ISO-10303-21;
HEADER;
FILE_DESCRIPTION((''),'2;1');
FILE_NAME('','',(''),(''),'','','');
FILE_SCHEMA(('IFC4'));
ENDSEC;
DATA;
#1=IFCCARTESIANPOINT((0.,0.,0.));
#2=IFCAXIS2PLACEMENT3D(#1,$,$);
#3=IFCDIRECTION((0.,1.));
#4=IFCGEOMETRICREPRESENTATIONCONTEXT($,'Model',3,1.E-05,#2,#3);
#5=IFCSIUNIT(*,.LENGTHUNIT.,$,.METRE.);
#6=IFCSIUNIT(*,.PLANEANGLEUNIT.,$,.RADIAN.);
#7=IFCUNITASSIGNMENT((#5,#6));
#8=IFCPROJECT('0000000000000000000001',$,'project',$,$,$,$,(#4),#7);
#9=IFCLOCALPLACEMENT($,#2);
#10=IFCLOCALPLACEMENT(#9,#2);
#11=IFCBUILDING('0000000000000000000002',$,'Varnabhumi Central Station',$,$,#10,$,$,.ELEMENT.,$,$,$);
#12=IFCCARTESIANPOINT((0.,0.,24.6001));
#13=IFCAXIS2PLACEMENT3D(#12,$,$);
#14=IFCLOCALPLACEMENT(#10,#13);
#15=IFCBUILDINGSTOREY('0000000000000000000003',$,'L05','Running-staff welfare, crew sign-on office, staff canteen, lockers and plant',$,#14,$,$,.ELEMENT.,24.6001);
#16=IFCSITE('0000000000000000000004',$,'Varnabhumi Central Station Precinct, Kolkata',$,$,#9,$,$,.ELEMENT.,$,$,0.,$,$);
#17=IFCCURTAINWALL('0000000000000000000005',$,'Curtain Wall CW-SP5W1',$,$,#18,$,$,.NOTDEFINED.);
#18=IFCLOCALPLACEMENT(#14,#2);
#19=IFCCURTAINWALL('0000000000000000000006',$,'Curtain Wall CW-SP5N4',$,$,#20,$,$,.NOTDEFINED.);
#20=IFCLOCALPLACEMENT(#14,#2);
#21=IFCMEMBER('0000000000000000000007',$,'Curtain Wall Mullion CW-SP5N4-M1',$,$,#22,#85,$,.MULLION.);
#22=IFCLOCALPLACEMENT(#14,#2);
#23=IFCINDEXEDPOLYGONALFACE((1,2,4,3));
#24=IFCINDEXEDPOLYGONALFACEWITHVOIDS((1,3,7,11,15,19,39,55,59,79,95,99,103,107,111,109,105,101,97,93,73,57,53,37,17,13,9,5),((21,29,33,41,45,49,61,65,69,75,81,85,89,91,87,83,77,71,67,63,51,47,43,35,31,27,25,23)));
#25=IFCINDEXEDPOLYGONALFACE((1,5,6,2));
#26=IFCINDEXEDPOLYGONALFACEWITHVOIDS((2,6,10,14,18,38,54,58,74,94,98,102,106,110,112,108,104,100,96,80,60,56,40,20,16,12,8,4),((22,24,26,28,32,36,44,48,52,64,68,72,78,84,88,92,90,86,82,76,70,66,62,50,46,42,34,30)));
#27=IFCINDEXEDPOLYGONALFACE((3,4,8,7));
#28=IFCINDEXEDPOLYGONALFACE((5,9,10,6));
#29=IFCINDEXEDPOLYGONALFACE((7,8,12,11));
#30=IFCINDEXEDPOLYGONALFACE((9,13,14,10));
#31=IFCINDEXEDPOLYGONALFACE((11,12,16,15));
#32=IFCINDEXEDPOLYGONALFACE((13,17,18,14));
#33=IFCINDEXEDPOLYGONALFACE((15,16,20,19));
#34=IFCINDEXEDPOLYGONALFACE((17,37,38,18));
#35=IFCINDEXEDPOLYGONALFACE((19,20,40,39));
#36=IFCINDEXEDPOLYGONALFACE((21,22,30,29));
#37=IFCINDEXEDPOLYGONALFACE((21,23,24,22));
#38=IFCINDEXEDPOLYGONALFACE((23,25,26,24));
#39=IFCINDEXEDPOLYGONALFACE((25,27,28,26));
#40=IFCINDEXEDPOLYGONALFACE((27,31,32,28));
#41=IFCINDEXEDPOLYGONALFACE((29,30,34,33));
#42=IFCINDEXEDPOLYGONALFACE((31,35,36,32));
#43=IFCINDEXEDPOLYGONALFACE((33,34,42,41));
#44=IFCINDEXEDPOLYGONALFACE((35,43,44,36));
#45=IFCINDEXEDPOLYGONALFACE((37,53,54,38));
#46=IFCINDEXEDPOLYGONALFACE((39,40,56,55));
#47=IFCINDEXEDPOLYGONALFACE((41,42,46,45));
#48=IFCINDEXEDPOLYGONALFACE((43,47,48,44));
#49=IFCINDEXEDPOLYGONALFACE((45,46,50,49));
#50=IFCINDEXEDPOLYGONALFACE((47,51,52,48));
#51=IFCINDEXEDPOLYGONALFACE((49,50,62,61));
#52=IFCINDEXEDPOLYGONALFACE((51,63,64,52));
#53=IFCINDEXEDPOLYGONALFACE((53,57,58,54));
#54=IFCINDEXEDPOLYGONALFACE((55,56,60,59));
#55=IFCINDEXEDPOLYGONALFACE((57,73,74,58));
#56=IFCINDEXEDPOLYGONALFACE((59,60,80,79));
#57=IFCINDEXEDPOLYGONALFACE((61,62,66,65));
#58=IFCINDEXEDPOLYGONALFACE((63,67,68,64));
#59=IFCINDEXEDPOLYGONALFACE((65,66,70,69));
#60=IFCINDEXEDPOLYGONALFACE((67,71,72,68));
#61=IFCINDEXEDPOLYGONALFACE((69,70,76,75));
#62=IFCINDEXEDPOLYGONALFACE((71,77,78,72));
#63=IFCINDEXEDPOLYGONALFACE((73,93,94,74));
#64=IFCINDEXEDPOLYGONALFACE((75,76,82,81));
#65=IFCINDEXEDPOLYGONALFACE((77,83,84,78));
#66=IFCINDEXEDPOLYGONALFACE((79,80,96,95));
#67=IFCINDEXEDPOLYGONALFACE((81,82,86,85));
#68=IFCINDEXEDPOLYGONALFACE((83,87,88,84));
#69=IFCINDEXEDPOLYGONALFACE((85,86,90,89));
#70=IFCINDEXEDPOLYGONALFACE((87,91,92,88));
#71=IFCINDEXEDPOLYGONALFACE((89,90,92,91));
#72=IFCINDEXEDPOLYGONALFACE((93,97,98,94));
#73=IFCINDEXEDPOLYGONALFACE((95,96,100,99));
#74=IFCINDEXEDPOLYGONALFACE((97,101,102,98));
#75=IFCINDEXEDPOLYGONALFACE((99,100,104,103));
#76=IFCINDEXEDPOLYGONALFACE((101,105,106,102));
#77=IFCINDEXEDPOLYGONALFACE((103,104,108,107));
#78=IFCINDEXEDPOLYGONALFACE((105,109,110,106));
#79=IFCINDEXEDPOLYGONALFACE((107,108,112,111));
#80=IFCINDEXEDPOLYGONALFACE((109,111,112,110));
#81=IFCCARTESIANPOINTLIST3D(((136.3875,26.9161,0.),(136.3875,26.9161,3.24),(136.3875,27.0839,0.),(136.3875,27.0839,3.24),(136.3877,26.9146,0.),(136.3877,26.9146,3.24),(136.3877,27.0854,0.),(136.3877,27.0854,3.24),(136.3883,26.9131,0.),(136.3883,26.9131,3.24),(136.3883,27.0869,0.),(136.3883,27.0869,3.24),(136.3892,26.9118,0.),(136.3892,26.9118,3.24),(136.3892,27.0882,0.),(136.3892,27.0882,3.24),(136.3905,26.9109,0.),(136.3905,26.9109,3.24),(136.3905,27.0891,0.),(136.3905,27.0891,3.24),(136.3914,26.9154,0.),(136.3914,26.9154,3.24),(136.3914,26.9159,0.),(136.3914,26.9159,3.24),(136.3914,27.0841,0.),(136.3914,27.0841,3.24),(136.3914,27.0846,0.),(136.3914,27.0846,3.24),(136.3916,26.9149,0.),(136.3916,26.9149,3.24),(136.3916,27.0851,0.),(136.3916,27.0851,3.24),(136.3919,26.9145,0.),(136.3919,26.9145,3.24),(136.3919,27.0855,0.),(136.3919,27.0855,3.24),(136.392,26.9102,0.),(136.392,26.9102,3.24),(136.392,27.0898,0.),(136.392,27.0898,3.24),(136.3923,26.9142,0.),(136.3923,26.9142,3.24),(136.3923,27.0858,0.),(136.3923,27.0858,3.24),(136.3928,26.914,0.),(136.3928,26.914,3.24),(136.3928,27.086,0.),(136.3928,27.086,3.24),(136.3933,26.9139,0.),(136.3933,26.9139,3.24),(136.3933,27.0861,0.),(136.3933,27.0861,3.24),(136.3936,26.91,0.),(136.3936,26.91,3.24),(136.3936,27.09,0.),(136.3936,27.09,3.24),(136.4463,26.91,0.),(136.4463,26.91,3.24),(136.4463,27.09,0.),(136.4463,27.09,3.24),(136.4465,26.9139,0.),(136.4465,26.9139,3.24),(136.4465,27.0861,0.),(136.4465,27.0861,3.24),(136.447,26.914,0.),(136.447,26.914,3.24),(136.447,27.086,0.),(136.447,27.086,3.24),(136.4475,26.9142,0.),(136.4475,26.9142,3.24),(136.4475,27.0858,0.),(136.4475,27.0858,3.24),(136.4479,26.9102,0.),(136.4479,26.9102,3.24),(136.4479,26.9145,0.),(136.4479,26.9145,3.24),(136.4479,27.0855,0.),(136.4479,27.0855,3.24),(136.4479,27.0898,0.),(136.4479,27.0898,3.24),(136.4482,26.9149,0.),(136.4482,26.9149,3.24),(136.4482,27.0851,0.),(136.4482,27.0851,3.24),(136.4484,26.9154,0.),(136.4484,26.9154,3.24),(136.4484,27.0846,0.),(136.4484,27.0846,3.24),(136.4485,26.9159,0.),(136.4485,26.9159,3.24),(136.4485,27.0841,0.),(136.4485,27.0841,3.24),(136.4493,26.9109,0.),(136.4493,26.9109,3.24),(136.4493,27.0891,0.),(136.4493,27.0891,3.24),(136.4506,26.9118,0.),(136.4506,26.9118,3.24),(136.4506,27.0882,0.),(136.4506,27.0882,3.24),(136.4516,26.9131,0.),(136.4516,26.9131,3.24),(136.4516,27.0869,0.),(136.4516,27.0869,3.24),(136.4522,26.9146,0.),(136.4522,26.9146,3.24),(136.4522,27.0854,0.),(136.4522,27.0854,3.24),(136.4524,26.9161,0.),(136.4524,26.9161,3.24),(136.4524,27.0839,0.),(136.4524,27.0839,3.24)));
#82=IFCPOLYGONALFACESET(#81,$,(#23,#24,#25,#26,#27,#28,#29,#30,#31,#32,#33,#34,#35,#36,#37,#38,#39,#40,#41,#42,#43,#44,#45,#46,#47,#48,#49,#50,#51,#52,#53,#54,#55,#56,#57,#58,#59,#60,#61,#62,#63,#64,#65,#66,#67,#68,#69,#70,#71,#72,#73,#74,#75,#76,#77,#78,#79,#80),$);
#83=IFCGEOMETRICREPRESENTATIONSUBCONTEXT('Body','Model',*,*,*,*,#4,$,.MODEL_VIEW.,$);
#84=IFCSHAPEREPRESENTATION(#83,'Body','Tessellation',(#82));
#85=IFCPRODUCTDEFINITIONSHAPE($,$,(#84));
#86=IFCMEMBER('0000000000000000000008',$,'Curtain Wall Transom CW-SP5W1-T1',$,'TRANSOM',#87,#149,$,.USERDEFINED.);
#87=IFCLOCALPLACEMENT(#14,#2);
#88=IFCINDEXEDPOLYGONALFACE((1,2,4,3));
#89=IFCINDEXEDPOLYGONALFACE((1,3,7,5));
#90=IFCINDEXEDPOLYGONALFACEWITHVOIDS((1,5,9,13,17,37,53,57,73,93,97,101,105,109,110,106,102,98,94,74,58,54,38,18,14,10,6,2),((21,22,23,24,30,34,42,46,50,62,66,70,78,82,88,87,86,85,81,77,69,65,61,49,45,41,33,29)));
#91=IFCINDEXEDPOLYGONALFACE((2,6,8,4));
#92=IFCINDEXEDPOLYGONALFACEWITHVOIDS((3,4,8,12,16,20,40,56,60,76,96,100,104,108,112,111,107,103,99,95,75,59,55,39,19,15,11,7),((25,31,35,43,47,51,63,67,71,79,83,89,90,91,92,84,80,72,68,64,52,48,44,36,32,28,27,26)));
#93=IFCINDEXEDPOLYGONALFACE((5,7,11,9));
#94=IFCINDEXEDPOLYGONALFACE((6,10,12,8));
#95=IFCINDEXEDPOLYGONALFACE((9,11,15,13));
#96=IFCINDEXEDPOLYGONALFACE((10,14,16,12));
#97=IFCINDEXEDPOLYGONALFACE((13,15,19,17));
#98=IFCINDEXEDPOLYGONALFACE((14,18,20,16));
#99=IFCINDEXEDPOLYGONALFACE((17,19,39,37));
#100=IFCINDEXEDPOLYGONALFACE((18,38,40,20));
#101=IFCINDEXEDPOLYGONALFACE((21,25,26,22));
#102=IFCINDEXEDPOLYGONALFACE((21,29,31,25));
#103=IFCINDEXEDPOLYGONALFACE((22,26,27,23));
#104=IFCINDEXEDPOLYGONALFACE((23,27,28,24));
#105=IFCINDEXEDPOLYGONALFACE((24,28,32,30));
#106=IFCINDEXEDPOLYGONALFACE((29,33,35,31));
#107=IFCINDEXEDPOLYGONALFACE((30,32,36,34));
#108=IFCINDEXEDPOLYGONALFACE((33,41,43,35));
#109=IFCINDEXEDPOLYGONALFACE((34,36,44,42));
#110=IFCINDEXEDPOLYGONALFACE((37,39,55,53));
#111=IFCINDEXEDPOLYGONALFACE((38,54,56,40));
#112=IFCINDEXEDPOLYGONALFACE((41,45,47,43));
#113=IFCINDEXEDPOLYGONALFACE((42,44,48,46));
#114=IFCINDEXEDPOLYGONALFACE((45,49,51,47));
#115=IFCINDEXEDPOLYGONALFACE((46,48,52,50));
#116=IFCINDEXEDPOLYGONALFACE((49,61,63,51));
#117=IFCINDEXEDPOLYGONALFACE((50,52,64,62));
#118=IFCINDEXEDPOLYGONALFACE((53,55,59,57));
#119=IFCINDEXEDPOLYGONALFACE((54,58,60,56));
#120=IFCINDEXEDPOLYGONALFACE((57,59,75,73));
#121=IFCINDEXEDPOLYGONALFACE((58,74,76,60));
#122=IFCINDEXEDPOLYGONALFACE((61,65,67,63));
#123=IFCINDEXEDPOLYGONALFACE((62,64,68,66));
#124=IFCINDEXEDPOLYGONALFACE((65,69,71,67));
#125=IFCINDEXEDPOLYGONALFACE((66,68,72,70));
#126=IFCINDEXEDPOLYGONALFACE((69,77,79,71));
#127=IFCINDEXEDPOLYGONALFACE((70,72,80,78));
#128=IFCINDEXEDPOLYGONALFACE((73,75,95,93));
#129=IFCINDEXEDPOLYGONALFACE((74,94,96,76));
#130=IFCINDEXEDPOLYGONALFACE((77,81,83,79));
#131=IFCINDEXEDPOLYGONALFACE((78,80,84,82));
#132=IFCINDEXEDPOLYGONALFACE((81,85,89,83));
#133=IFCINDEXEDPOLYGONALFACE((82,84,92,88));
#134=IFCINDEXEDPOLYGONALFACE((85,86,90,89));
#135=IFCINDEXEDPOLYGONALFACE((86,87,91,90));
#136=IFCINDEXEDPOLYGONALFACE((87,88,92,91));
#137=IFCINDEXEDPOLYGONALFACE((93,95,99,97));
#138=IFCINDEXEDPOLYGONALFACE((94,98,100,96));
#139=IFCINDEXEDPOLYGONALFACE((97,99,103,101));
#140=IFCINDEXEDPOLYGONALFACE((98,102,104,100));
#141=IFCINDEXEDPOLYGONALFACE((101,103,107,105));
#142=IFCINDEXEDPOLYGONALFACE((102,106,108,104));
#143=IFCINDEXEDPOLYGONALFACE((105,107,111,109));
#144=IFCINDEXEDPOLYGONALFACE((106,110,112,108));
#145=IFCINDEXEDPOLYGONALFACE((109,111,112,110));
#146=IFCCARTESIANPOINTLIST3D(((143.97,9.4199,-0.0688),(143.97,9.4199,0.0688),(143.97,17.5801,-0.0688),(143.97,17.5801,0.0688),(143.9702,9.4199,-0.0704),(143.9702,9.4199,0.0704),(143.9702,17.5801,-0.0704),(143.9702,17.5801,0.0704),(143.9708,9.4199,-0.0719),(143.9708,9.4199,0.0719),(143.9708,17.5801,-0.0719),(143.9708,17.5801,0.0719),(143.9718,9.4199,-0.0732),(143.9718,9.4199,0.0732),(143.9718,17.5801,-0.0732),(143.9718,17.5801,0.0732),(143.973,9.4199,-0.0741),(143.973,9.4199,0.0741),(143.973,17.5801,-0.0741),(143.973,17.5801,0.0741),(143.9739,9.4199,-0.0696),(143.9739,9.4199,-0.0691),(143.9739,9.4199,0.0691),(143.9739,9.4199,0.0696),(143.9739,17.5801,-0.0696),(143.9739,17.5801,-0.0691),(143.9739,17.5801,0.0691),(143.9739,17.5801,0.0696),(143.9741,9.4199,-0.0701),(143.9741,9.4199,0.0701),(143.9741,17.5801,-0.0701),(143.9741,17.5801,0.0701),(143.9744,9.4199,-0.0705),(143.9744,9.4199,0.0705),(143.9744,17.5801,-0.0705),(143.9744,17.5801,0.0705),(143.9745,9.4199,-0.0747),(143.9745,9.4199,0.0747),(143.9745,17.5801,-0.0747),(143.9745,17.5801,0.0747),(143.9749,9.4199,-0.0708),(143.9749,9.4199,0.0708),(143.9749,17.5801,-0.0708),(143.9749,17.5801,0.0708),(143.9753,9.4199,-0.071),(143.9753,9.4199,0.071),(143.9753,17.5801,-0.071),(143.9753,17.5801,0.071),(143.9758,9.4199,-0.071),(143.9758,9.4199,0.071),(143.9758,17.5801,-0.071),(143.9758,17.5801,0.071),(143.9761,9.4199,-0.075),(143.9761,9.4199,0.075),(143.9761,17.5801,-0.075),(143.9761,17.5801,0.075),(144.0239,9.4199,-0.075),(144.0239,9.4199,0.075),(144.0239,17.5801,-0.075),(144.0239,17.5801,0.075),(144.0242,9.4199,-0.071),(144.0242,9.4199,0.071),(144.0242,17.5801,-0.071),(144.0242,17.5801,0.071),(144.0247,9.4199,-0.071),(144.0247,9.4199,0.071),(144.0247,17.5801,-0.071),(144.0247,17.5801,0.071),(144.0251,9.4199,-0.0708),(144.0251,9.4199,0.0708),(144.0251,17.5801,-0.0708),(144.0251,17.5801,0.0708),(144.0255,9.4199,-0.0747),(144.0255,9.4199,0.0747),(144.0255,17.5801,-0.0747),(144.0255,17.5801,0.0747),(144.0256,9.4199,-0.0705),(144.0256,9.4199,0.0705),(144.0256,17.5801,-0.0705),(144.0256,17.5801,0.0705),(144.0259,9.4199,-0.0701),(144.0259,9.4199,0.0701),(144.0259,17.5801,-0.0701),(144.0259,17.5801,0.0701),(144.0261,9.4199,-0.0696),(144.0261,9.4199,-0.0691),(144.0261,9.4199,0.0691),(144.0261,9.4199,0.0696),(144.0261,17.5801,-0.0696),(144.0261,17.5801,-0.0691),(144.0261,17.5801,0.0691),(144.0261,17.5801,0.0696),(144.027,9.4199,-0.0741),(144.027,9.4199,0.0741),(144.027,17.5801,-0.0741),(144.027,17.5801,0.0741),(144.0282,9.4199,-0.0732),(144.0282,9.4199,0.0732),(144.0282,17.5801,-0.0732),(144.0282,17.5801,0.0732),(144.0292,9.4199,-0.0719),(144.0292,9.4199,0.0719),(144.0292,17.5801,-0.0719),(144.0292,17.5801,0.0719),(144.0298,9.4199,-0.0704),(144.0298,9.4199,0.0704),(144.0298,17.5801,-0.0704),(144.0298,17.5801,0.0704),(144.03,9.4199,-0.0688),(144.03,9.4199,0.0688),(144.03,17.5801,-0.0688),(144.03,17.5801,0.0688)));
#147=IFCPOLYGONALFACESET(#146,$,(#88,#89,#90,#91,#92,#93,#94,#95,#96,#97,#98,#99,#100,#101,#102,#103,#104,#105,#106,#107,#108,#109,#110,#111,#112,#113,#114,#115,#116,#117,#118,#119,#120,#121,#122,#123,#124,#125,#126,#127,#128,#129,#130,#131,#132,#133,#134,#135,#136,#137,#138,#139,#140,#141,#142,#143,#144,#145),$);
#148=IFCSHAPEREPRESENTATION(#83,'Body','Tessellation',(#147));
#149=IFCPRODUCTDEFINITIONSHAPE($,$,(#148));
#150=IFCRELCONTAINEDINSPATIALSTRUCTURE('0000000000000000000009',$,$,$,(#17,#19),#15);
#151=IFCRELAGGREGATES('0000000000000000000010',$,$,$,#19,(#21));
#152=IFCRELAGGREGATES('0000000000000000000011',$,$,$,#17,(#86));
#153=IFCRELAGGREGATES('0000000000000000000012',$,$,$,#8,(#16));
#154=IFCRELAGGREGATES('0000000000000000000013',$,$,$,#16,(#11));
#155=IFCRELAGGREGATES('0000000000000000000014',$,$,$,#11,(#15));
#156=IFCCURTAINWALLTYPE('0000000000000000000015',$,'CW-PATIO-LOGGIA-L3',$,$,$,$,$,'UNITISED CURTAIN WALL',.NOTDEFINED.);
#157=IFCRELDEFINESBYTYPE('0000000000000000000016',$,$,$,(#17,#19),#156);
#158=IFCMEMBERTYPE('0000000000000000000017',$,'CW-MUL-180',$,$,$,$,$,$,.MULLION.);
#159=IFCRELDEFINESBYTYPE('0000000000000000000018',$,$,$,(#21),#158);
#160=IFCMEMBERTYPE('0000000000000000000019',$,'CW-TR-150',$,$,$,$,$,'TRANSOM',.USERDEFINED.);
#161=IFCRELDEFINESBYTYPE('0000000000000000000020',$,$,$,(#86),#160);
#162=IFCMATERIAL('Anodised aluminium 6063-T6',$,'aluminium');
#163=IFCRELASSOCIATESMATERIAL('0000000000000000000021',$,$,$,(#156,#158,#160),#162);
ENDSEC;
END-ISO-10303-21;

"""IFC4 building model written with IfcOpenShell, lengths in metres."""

from ifc_helpers import new_model, si_unit, direction, frame, origin, origin_2d, place, context, subcontext, project, spatial, hollow_rectangle, extrude, material, material_profile, profile_set, type_object, element, aggregate, save


model = new_model("IFC4")

# Units and contexts
model_context = context("Model", 3, precision=1e-05, world=origin(), true_north=direction((0.0, 1.0)))
body_context = subcontext(model_context, "Body", "Model", "MODEL_VIEW")
ifc_project = project(units=[si_unit("LENGTHUNIT", "METRE"), si_unit("PLANEANGLEUNIT", "RADIAN")], contexts=[model_context])

# Site, building, storey
site_placement = place(None, origin())
site = spatial("IfcSite", under=ifc_project, at=site_placement, Name="Varnabhumi Central Station Precinct, Kolkata", CompositionType="ELEMENT", RefElevation=0.0)
building_placement = place(site_placement, origin())
building = spatial("IfcBuilding", under=site, at=building_placement, Name="Varnabhumi Central Station", CompositionType="ELEMENT")
storey_placement = place(building_placement, frame((0.0, 0.0, 24.6001)))
storey = spatial("IfcBuildingStorey", under=building, at=storey_placement, Name="L05", Description="Running-staff welfare, crew sign-on office, staff canteen, lockers and plant", CompositionType="ELEMENT", Elevation=24.6001)

# Curtain wall
ifc_material_1 = material(Name="Anodised aluminium 6063-T6", Category="aluminium")
curtain_wall_type = type_object("IfcCurtainWallType", Name="CW-PATIO-LOGGIA-L3", ElementType="UNITISED CURTAIN WALL", PredefinedType="NOTDEFINED", material=ifc_material_1)
curtain_wall_1_placement = place(storey_placement, origin())
curtain_wall_1 = element("IfcCurtainWall", 1, at=curtain_wall_1_placement, inside=storey, type_object=curtain_wall_type, Name="Curtain Wall CW-SP5W1", PredefinedType="NOTDEFINED")
ifc_material_profile_1 = material_profile(ifc_material_1, hollow_rectangle(XDim=0.0649, YDim=0.1799, WallThickness=0.0039, InnerFilletRadius=0.002, OuterFilletRadius=0.0061, at=origin_2d()), Name="Anodised aluminium 6063-T6", Category="aluminium")
ifc_profile_set_1 = profile_set([ifc_material_profile_1], Name="Anodised aluminium 6063-T6")
member_type_1 = type_object("IfcMemberType", Name="CW-MUL-180", PredefinedType="MULLION", material=ifc_profile_set_1)

# Curtain wall, member
curtain_wall_2_placement = place(storey_placement, origin())
curtain_wall_2 = element("IfcCurtainWall", 2, at=curtain_wall_2_placement, inside=storey, type_object=curtain_wall_type, Name="Curtain Wall CW-SP5N4", PredefinedType="NOTDEFINED")
member_1_placement = place(storey_placement, frame((136.4199, 27.0, 0.0), z_axis=(0.0, 0.0, 1.0), x_axis=(1.0, 0.0, 0.0)))
member_1 = element("IfcMember", 3, at=member_1_placement, type_object=member_type_1, Name="Curtain Wall Mullion CW-SP5N4-M1", PredefinedType="MULLION", context=body_context, shape_type="SweptSolid", body=[
    extrude(hollow_rectangle(XDim=0.0649, YDim=0.1799, WallThickness=0.0039, InnerFilletRadius=0.002, OuterFilletRadius=0.0061, at=origin_2d()), origin(), (0.0, 0.0, 1.0), 3.24),
])
aggregate(curtain_wall_2, [member_1])

# Member
ifc_material_profile_2 = material_profile(ifc_material_1, hollow_rectangle(XDim=0.0601, YDim=0.1499, WallThickness=0.0039, InnerFilletRadius=0.002, OuterFilletRadius=0.0061, at=origin_2d()), Name="Anodised aluminium 6063-T6", Category="aluminium")
ifc_profile_set_2 = profile_set([ifc_material_profile_2], Name="Anodised aluminium 6063-T6")
member_type_2 = type_object("IfcMemberType", Name="CW-TR-150", ElementType="TRANSOM", PredefinedType="USERDEFINED", material=ifc_profile_set_2)
member_2_placement = place(storey_placement, frame((144.0, 9.4199, 0.0), z_axis=(0.0, 1.0, 0.0), x_axis=(-1.0, 0.0, 0.0)))
member_2 = element("IfcMember", 4, at=member_2_placement, type_object=member_type_2, Name="Curtain Wall Transom CW-SP5W1-T1", ObjectType="TRANSOM", PredefinedType="USERDEFINED", context=body_context, shape_type="SweptSolid", body=[
    extrude(hollow_rectangle(XDim=0.0601, YDim=0.1499, WallThickness=0.0039, InnerFilletRadius=0.002, OuterFilletRadius=0.0061, at=origin_2d()), origin(), (0.0, 0.0, 1.0), 8.1602),
])

aggregate(curtain_wall_1, [member_2])

save(model, "model.ifc")
